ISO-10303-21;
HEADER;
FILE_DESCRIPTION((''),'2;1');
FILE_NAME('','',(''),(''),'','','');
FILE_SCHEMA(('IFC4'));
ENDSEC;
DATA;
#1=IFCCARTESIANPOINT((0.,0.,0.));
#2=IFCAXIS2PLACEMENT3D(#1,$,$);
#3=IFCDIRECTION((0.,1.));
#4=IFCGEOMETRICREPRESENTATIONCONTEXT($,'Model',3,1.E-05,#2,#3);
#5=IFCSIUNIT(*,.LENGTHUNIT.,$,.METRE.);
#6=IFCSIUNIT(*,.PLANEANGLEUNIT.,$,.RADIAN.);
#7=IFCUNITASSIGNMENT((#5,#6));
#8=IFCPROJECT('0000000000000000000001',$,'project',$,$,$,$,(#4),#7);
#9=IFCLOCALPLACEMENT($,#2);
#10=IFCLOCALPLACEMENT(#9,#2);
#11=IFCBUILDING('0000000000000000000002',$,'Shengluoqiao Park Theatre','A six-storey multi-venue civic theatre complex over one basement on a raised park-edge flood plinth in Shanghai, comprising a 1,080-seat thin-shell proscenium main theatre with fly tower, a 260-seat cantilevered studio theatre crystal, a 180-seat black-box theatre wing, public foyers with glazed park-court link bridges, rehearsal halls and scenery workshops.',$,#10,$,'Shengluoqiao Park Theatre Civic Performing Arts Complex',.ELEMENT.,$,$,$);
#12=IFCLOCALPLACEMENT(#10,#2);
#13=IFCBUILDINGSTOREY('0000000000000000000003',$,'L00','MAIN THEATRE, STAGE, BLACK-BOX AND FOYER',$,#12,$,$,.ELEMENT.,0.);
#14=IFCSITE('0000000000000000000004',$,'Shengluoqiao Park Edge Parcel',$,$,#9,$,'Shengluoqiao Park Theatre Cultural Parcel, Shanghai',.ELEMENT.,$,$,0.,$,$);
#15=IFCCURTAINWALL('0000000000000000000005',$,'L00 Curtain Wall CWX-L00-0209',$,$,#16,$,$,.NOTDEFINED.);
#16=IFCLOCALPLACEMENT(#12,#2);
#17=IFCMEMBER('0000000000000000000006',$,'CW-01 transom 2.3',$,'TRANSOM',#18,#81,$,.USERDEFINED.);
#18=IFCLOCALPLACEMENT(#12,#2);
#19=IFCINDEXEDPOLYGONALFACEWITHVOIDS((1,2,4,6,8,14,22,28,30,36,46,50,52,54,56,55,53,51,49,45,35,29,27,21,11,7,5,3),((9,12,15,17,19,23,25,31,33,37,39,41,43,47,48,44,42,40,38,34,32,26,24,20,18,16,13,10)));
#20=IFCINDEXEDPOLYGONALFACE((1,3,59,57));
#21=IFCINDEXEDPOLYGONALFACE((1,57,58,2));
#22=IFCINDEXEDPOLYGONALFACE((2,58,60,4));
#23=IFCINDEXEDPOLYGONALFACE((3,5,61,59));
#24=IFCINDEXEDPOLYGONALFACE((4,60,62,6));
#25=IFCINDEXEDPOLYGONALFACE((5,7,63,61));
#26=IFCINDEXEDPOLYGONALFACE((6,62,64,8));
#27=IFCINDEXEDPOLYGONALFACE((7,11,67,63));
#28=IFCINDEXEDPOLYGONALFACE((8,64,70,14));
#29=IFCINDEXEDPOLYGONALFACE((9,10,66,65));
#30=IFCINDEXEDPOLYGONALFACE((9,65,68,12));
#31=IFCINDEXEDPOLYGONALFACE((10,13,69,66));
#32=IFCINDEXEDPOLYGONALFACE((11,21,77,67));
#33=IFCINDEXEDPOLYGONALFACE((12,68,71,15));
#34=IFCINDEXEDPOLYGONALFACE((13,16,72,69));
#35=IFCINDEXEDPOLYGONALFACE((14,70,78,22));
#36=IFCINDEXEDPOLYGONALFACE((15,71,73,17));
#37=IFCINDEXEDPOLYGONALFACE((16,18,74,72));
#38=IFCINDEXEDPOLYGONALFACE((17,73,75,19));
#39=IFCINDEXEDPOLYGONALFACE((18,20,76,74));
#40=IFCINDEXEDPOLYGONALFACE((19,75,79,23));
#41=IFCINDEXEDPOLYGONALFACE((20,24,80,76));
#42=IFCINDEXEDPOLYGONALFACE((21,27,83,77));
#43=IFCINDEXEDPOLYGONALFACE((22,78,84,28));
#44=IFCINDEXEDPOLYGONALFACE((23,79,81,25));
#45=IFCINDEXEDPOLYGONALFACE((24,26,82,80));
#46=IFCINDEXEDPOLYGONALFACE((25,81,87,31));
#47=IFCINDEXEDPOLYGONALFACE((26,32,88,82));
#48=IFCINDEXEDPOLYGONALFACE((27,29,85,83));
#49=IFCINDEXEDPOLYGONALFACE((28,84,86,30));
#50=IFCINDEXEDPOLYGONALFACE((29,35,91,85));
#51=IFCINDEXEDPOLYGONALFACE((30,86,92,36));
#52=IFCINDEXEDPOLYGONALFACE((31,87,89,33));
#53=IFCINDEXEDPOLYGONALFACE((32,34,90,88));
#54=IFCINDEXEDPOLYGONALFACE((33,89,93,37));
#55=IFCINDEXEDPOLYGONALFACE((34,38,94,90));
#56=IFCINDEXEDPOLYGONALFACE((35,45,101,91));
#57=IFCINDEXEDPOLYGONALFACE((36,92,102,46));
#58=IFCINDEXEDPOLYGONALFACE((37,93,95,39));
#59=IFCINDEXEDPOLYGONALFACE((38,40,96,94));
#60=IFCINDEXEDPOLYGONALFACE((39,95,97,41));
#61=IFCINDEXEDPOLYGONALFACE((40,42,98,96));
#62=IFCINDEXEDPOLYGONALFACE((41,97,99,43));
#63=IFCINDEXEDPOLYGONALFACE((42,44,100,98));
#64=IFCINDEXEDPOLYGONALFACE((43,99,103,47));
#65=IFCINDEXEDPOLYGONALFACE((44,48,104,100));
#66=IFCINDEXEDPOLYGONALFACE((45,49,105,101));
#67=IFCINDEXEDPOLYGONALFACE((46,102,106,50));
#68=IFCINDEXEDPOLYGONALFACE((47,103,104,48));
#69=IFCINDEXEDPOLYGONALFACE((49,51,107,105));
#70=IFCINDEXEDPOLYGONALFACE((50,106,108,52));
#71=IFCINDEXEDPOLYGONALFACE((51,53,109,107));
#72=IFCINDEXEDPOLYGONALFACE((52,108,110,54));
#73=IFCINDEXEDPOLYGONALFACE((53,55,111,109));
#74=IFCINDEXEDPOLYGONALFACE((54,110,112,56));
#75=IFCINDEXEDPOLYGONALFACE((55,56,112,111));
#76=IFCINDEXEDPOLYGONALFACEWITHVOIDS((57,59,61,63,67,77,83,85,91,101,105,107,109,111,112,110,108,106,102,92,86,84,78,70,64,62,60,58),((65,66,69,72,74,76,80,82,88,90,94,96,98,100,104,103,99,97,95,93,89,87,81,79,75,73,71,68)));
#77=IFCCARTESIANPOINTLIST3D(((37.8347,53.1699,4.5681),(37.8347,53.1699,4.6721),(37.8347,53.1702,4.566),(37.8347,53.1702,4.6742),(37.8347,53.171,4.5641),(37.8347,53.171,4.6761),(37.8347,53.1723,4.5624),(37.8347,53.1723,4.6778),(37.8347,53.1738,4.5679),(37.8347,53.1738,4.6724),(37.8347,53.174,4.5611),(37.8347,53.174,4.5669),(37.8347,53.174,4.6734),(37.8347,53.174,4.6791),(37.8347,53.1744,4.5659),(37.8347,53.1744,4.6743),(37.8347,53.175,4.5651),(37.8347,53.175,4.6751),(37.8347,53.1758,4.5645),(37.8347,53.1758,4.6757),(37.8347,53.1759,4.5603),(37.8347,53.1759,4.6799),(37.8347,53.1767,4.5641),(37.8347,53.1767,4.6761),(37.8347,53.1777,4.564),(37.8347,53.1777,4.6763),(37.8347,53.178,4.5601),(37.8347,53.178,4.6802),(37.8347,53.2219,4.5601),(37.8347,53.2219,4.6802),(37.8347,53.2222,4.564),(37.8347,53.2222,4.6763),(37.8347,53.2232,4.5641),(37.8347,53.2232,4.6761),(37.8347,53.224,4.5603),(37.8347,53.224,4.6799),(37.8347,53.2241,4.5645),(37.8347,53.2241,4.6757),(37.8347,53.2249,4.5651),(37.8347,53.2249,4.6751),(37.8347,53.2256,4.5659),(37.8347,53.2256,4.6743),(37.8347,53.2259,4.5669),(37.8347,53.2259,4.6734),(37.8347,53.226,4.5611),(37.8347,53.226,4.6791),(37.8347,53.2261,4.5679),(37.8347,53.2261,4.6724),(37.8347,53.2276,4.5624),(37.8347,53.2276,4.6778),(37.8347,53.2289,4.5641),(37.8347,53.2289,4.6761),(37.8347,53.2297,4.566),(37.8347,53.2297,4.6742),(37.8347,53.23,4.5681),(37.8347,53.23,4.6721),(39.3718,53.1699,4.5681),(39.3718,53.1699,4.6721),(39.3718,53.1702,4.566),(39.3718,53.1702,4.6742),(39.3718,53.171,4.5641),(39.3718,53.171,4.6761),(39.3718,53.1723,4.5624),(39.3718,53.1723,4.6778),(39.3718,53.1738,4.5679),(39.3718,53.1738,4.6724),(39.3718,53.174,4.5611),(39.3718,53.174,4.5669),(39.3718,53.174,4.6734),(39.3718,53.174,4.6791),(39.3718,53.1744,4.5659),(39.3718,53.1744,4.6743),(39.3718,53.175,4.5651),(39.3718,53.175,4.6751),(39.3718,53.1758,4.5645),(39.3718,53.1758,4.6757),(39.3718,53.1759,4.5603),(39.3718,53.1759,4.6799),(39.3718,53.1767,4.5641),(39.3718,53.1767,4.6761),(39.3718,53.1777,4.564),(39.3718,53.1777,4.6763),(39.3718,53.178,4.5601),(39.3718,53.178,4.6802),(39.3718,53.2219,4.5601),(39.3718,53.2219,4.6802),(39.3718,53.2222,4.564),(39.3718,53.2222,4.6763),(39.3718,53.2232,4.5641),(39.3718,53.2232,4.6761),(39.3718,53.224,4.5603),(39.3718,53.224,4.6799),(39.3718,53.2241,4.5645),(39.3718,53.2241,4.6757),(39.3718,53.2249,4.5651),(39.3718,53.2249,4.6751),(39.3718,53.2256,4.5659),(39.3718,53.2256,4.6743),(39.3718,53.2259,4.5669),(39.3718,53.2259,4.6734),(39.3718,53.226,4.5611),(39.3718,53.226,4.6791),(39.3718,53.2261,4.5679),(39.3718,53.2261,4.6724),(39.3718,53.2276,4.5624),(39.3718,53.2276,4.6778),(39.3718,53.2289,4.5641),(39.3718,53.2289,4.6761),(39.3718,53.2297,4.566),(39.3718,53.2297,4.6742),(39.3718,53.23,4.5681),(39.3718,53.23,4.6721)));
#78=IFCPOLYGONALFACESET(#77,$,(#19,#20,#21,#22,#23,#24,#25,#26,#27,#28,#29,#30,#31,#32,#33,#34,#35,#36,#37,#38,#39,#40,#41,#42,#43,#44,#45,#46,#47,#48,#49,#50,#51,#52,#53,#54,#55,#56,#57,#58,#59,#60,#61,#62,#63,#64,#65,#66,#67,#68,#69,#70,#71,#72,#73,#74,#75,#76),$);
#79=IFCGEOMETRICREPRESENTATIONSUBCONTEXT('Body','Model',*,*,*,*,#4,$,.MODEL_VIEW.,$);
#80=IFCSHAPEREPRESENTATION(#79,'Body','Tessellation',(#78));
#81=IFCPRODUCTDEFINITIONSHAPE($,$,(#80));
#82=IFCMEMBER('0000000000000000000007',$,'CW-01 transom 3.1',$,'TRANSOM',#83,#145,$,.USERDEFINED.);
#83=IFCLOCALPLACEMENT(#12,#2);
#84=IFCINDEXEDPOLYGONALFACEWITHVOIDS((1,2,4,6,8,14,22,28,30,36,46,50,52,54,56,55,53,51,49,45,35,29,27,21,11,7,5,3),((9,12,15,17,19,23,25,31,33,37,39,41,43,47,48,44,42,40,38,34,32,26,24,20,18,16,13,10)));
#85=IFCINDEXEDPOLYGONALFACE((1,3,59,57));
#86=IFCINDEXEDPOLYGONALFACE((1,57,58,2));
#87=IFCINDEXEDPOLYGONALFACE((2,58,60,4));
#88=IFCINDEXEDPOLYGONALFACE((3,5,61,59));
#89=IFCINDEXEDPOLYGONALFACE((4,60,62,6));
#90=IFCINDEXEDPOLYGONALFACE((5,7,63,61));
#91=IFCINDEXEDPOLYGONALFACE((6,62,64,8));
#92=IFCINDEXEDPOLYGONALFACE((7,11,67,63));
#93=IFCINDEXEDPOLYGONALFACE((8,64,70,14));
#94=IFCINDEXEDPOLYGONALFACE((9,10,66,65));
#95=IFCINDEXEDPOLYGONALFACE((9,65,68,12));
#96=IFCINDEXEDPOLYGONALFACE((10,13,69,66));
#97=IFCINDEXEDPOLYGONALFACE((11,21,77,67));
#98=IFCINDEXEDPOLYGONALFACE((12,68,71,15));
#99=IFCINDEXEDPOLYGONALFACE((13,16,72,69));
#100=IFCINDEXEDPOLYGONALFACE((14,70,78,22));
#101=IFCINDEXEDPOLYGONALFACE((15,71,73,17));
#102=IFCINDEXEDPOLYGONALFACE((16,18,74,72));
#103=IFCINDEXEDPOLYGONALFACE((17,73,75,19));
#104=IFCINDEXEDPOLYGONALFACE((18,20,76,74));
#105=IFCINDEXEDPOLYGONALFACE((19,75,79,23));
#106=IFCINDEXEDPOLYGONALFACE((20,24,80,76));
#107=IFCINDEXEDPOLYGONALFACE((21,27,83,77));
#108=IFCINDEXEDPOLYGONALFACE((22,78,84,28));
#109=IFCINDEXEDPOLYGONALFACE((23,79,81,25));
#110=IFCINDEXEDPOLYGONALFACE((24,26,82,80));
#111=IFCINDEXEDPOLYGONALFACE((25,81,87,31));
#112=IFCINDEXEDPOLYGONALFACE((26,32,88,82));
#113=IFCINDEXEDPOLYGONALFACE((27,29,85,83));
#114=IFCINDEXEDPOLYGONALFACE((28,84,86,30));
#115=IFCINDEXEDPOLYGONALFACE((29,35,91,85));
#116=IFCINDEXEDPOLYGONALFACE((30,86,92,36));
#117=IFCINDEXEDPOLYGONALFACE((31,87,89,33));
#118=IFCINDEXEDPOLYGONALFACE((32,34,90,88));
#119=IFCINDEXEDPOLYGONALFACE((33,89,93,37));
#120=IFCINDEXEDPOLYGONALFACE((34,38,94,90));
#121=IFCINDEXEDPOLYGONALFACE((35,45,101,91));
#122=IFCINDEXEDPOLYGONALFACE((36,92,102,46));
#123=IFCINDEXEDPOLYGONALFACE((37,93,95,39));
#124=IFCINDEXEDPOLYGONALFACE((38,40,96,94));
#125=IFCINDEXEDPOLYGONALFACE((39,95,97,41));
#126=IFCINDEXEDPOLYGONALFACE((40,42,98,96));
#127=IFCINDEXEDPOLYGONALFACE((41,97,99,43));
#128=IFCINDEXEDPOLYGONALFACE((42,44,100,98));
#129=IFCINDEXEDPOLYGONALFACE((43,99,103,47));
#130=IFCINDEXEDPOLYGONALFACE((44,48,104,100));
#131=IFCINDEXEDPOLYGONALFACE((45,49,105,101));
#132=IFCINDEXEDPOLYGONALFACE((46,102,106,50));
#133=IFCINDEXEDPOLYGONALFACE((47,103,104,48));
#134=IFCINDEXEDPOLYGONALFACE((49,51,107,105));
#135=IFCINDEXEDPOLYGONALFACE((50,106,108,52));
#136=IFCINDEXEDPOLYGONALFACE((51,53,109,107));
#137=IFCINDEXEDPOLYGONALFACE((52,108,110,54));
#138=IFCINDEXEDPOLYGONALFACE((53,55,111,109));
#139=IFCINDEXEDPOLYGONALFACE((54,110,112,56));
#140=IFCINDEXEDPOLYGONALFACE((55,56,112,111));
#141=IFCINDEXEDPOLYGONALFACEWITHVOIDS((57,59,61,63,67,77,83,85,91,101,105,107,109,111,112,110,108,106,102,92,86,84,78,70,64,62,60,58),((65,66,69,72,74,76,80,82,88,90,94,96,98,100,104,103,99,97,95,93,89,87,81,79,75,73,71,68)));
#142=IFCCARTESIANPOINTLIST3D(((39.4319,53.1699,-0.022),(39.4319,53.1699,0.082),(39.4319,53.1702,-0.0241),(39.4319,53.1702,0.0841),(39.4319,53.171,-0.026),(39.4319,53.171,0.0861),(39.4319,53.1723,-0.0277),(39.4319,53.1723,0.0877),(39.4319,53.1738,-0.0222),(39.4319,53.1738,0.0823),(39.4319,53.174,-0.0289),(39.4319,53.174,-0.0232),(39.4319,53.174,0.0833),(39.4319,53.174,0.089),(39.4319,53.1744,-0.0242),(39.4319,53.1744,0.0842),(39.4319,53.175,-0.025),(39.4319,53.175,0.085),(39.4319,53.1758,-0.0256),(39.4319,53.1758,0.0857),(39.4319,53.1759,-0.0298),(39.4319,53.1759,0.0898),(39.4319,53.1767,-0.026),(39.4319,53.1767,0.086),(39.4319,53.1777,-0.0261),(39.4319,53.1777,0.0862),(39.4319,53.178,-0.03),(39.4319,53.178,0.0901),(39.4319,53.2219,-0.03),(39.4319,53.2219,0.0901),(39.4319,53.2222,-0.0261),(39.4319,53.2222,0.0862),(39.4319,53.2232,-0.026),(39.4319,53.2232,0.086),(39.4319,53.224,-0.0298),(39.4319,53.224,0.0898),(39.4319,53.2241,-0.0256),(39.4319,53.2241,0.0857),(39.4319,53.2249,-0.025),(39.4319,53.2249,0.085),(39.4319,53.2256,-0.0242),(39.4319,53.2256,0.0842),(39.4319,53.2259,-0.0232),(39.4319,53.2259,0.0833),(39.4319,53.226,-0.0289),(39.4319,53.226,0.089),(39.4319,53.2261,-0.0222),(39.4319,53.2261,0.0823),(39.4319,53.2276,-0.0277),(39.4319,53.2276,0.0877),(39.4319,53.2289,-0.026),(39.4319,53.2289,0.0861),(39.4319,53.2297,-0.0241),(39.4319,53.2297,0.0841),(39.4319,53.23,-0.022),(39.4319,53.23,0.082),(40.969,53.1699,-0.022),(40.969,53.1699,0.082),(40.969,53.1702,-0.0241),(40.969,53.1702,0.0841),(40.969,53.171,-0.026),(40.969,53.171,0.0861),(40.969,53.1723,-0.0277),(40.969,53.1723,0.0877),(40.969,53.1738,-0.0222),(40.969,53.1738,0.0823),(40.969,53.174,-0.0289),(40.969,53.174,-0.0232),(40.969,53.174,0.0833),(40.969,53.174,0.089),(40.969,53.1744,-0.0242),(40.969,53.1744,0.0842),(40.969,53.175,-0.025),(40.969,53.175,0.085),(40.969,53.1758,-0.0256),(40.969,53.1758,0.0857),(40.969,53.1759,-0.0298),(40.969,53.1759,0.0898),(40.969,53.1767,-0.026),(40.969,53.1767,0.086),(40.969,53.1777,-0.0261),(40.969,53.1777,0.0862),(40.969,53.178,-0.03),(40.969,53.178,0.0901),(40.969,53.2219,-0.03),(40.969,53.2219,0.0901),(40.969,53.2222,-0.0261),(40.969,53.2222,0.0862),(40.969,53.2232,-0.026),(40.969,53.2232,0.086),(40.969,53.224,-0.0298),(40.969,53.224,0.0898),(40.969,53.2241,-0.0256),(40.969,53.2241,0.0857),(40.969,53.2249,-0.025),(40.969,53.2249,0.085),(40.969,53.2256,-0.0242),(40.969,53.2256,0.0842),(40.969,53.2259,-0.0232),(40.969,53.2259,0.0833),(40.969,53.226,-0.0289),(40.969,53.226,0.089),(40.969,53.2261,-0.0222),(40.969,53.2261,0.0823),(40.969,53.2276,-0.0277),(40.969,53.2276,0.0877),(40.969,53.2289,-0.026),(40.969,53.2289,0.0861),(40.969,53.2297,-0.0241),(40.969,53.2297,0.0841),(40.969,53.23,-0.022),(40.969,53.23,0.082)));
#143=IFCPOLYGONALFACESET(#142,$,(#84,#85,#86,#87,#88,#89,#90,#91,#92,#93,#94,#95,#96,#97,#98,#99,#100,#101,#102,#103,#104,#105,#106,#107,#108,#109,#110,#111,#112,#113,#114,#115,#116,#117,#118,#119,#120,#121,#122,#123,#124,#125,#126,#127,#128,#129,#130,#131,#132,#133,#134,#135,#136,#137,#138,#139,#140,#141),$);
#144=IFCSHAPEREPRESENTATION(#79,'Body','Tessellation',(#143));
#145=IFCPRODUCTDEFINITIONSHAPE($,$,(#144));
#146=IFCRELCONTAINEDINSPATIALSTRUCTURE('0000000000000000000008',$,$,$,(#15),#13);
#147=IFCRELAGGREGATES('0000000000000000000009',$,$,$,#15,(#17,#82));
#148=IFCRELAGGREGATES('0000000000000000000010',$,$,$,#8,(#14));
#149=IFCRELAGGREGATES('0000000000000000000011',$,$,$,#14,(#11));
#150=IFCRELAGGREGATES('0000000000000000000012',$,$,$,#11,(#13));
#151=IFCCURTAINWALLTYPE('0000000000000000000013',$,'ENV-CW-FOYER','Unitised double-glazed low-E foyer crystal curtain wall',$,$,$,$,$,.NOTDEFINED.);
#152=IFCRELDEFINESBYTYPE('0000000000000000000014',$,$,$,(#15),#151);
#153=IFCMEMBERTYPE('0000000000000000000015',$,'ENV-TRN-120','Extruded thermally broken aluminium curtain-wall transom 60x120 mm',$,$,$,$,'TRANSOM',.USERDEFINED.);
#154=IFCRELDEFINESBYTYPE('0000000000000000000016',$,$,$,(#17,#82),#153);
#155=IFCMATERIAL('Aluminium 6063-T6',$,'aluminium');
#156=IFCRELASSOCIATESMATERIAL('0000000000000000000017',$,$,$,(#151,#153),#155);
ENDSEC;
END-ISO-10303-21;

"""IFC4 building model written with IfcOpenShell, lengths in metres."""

from ifc_helpers import new_model, si_unit, direction, frame, origin, origin_2d, place, context, subcontext, project, spatial, hollow_rectangle, extrude, material, material_profile, profile_set, type_object, element, aggregate, save


model = new_model("IFC4")

# Units and contexts
model_context = context("Model", 3, precision=1e-05, world=origin(), true_north=direction((0.0, 1.0)))
body_context = subcontext(model_context, "Body", "Model", "MODEL_VIEW")
ifc_project = project(units=[si_unit("LENGTHUNIT", "METRE"), si_unit("PLANEANGLEUNIT", "RADIAN")], contexts=[model_context])

# Site, building, storey
site_placement = place(None, origin())
site = spatial("IfcSite", under=ifc_project, at=site_placement, Name="Shengluoqiao Park Edge Parcel", LongName="Shengluoqiao Park Theatre Cultural Parcel, Shanghai", CompositionType="ELEMENT", RefElevation=0.0)
building_placement = place(site_placement, origin())
building = spatial("IfcBuilding", under=site, at=building_placement, Name="Shengluoqiao Park Theatre", Description="A six-storey multi-venue civic theatre complex over one basement on a raised park-edge flood plinth in Shanghai, comprising a 1,080-seat thin-shell proscenium main theatre with fly tower, a 260-seat cantilevered studio theatre crystal, a 180-seat black-box theatre wing, public foyers with glazed park-court link bridges, rehearsal halls and scenery workshops.", LongName="Shengluoqiao Park Theatre Civic Performing Arts Complex", CompositionType="ELEMENT")
storey_placement = place(building_placement, origin())
storey = spatial("IfcBuildingStorey", under=building, at=storey_placement, Name="L00", Description="MAIN THEATRE, STAGE, BLACK-BOX AND FOYER", CompositionType="ELEMENT", Elevation=0.0)

# Curtain wall
ifc_material_1 = material(Name="Aluminium 6063-T6", Category="aluminium")
curtain_wall_type_1 = type_object("IfcCurtainWallType", Name="ENV-CW-FOYER", Description="Unitised double-glazed low-E foyer crystal curtain wall", PredefinedType="NOTDEFINED", material=ifc_material_1)
curtain_wall_1_placement = place(storey_placement, origin())
curtain_wall_1 = element("IfcCurtainWall", 1, at=curtain_wall_1_placement, inside=storey, type_object=curtain_wall_type_1, Name="L00 Curtain Wall CWX-L00-0209", PredefinedType="NOTDEFINED")

# Members
ifc_material_profile_1 = material_profile(ifc_material_1, hollow_rectangle(XDim=0.0601, YDim=0.1201, WallThickness=0.0039, InnerFilletRadius=0.0039, OuterFilletRadius=0.0081, at=origin_2d()), Name="ALU TRANSOM 120x60x4")
ifc_profile_set_1 = profile_set([ifc_material_profile_1], Name="Aluminium 6063-T6")
member_type_1 = type_object("IfcMemberType", Name="ENV-TRN-120", Description="Extruded thermally broken aluminium curtain-wall transom 60x120 mm", ElementType="TRANSOM", PredefinedType="USERDEFINED", material=ifc_profile_set_1)
member_1_placement = place(storey_placement, frame((37.8347, 53.2, 4.6201), z_axis=(1.0, 0.0, 0.0), x_axis=(0.0, 1.0, 0.0)))
member_1 = element("IfcMember", 2, at=member_1_placement, type_object=member_type_1, Name="CW-01 transom 2.3", ObjectType="TRANSOM", PredefinedType="USERDEFINED", context=body_context, shape_type="SweptSolid", body=[
    extrude(hollow_rectangle(XDim=0.0601, YDim=0.1201, WallThickness=0.0039, InnerFilletRadius=0.0039, OuterFilletRadius=0.0081, at=origin_2d()), origin(), (0.0, 0.0, 1.0), 1.5371),
])
member_2_placement = place(storey_placement, frame((39.4319, 53.2, 0.03), z_axis=(1.0, 0.0, 0.0), x_axis=(0.0, 1.0, 0.0)))
member_2 = element("IfcMember", 3, at=member_2_placement, type_object=member_type_1, Name="CW-01 transom 3.1", ObjectType="TRANSOM", PredefinedType="USERDEFINED", context=body_context, shape_type="SweptSolid", body=[
    extrude(hollow_rectangle(XDim=0.0601, YDim=0.1201, WallThickness=0.0039, InnerFilletRadius=0.0039, OuterFilletRadius=0.0081, at=origin_2d()), origin(), (0.0, 0.0, 1.0), 1.5371),
])

aggregate(curtain_wall_1, [member_1, member_2])

save(model, "model.ifc")
